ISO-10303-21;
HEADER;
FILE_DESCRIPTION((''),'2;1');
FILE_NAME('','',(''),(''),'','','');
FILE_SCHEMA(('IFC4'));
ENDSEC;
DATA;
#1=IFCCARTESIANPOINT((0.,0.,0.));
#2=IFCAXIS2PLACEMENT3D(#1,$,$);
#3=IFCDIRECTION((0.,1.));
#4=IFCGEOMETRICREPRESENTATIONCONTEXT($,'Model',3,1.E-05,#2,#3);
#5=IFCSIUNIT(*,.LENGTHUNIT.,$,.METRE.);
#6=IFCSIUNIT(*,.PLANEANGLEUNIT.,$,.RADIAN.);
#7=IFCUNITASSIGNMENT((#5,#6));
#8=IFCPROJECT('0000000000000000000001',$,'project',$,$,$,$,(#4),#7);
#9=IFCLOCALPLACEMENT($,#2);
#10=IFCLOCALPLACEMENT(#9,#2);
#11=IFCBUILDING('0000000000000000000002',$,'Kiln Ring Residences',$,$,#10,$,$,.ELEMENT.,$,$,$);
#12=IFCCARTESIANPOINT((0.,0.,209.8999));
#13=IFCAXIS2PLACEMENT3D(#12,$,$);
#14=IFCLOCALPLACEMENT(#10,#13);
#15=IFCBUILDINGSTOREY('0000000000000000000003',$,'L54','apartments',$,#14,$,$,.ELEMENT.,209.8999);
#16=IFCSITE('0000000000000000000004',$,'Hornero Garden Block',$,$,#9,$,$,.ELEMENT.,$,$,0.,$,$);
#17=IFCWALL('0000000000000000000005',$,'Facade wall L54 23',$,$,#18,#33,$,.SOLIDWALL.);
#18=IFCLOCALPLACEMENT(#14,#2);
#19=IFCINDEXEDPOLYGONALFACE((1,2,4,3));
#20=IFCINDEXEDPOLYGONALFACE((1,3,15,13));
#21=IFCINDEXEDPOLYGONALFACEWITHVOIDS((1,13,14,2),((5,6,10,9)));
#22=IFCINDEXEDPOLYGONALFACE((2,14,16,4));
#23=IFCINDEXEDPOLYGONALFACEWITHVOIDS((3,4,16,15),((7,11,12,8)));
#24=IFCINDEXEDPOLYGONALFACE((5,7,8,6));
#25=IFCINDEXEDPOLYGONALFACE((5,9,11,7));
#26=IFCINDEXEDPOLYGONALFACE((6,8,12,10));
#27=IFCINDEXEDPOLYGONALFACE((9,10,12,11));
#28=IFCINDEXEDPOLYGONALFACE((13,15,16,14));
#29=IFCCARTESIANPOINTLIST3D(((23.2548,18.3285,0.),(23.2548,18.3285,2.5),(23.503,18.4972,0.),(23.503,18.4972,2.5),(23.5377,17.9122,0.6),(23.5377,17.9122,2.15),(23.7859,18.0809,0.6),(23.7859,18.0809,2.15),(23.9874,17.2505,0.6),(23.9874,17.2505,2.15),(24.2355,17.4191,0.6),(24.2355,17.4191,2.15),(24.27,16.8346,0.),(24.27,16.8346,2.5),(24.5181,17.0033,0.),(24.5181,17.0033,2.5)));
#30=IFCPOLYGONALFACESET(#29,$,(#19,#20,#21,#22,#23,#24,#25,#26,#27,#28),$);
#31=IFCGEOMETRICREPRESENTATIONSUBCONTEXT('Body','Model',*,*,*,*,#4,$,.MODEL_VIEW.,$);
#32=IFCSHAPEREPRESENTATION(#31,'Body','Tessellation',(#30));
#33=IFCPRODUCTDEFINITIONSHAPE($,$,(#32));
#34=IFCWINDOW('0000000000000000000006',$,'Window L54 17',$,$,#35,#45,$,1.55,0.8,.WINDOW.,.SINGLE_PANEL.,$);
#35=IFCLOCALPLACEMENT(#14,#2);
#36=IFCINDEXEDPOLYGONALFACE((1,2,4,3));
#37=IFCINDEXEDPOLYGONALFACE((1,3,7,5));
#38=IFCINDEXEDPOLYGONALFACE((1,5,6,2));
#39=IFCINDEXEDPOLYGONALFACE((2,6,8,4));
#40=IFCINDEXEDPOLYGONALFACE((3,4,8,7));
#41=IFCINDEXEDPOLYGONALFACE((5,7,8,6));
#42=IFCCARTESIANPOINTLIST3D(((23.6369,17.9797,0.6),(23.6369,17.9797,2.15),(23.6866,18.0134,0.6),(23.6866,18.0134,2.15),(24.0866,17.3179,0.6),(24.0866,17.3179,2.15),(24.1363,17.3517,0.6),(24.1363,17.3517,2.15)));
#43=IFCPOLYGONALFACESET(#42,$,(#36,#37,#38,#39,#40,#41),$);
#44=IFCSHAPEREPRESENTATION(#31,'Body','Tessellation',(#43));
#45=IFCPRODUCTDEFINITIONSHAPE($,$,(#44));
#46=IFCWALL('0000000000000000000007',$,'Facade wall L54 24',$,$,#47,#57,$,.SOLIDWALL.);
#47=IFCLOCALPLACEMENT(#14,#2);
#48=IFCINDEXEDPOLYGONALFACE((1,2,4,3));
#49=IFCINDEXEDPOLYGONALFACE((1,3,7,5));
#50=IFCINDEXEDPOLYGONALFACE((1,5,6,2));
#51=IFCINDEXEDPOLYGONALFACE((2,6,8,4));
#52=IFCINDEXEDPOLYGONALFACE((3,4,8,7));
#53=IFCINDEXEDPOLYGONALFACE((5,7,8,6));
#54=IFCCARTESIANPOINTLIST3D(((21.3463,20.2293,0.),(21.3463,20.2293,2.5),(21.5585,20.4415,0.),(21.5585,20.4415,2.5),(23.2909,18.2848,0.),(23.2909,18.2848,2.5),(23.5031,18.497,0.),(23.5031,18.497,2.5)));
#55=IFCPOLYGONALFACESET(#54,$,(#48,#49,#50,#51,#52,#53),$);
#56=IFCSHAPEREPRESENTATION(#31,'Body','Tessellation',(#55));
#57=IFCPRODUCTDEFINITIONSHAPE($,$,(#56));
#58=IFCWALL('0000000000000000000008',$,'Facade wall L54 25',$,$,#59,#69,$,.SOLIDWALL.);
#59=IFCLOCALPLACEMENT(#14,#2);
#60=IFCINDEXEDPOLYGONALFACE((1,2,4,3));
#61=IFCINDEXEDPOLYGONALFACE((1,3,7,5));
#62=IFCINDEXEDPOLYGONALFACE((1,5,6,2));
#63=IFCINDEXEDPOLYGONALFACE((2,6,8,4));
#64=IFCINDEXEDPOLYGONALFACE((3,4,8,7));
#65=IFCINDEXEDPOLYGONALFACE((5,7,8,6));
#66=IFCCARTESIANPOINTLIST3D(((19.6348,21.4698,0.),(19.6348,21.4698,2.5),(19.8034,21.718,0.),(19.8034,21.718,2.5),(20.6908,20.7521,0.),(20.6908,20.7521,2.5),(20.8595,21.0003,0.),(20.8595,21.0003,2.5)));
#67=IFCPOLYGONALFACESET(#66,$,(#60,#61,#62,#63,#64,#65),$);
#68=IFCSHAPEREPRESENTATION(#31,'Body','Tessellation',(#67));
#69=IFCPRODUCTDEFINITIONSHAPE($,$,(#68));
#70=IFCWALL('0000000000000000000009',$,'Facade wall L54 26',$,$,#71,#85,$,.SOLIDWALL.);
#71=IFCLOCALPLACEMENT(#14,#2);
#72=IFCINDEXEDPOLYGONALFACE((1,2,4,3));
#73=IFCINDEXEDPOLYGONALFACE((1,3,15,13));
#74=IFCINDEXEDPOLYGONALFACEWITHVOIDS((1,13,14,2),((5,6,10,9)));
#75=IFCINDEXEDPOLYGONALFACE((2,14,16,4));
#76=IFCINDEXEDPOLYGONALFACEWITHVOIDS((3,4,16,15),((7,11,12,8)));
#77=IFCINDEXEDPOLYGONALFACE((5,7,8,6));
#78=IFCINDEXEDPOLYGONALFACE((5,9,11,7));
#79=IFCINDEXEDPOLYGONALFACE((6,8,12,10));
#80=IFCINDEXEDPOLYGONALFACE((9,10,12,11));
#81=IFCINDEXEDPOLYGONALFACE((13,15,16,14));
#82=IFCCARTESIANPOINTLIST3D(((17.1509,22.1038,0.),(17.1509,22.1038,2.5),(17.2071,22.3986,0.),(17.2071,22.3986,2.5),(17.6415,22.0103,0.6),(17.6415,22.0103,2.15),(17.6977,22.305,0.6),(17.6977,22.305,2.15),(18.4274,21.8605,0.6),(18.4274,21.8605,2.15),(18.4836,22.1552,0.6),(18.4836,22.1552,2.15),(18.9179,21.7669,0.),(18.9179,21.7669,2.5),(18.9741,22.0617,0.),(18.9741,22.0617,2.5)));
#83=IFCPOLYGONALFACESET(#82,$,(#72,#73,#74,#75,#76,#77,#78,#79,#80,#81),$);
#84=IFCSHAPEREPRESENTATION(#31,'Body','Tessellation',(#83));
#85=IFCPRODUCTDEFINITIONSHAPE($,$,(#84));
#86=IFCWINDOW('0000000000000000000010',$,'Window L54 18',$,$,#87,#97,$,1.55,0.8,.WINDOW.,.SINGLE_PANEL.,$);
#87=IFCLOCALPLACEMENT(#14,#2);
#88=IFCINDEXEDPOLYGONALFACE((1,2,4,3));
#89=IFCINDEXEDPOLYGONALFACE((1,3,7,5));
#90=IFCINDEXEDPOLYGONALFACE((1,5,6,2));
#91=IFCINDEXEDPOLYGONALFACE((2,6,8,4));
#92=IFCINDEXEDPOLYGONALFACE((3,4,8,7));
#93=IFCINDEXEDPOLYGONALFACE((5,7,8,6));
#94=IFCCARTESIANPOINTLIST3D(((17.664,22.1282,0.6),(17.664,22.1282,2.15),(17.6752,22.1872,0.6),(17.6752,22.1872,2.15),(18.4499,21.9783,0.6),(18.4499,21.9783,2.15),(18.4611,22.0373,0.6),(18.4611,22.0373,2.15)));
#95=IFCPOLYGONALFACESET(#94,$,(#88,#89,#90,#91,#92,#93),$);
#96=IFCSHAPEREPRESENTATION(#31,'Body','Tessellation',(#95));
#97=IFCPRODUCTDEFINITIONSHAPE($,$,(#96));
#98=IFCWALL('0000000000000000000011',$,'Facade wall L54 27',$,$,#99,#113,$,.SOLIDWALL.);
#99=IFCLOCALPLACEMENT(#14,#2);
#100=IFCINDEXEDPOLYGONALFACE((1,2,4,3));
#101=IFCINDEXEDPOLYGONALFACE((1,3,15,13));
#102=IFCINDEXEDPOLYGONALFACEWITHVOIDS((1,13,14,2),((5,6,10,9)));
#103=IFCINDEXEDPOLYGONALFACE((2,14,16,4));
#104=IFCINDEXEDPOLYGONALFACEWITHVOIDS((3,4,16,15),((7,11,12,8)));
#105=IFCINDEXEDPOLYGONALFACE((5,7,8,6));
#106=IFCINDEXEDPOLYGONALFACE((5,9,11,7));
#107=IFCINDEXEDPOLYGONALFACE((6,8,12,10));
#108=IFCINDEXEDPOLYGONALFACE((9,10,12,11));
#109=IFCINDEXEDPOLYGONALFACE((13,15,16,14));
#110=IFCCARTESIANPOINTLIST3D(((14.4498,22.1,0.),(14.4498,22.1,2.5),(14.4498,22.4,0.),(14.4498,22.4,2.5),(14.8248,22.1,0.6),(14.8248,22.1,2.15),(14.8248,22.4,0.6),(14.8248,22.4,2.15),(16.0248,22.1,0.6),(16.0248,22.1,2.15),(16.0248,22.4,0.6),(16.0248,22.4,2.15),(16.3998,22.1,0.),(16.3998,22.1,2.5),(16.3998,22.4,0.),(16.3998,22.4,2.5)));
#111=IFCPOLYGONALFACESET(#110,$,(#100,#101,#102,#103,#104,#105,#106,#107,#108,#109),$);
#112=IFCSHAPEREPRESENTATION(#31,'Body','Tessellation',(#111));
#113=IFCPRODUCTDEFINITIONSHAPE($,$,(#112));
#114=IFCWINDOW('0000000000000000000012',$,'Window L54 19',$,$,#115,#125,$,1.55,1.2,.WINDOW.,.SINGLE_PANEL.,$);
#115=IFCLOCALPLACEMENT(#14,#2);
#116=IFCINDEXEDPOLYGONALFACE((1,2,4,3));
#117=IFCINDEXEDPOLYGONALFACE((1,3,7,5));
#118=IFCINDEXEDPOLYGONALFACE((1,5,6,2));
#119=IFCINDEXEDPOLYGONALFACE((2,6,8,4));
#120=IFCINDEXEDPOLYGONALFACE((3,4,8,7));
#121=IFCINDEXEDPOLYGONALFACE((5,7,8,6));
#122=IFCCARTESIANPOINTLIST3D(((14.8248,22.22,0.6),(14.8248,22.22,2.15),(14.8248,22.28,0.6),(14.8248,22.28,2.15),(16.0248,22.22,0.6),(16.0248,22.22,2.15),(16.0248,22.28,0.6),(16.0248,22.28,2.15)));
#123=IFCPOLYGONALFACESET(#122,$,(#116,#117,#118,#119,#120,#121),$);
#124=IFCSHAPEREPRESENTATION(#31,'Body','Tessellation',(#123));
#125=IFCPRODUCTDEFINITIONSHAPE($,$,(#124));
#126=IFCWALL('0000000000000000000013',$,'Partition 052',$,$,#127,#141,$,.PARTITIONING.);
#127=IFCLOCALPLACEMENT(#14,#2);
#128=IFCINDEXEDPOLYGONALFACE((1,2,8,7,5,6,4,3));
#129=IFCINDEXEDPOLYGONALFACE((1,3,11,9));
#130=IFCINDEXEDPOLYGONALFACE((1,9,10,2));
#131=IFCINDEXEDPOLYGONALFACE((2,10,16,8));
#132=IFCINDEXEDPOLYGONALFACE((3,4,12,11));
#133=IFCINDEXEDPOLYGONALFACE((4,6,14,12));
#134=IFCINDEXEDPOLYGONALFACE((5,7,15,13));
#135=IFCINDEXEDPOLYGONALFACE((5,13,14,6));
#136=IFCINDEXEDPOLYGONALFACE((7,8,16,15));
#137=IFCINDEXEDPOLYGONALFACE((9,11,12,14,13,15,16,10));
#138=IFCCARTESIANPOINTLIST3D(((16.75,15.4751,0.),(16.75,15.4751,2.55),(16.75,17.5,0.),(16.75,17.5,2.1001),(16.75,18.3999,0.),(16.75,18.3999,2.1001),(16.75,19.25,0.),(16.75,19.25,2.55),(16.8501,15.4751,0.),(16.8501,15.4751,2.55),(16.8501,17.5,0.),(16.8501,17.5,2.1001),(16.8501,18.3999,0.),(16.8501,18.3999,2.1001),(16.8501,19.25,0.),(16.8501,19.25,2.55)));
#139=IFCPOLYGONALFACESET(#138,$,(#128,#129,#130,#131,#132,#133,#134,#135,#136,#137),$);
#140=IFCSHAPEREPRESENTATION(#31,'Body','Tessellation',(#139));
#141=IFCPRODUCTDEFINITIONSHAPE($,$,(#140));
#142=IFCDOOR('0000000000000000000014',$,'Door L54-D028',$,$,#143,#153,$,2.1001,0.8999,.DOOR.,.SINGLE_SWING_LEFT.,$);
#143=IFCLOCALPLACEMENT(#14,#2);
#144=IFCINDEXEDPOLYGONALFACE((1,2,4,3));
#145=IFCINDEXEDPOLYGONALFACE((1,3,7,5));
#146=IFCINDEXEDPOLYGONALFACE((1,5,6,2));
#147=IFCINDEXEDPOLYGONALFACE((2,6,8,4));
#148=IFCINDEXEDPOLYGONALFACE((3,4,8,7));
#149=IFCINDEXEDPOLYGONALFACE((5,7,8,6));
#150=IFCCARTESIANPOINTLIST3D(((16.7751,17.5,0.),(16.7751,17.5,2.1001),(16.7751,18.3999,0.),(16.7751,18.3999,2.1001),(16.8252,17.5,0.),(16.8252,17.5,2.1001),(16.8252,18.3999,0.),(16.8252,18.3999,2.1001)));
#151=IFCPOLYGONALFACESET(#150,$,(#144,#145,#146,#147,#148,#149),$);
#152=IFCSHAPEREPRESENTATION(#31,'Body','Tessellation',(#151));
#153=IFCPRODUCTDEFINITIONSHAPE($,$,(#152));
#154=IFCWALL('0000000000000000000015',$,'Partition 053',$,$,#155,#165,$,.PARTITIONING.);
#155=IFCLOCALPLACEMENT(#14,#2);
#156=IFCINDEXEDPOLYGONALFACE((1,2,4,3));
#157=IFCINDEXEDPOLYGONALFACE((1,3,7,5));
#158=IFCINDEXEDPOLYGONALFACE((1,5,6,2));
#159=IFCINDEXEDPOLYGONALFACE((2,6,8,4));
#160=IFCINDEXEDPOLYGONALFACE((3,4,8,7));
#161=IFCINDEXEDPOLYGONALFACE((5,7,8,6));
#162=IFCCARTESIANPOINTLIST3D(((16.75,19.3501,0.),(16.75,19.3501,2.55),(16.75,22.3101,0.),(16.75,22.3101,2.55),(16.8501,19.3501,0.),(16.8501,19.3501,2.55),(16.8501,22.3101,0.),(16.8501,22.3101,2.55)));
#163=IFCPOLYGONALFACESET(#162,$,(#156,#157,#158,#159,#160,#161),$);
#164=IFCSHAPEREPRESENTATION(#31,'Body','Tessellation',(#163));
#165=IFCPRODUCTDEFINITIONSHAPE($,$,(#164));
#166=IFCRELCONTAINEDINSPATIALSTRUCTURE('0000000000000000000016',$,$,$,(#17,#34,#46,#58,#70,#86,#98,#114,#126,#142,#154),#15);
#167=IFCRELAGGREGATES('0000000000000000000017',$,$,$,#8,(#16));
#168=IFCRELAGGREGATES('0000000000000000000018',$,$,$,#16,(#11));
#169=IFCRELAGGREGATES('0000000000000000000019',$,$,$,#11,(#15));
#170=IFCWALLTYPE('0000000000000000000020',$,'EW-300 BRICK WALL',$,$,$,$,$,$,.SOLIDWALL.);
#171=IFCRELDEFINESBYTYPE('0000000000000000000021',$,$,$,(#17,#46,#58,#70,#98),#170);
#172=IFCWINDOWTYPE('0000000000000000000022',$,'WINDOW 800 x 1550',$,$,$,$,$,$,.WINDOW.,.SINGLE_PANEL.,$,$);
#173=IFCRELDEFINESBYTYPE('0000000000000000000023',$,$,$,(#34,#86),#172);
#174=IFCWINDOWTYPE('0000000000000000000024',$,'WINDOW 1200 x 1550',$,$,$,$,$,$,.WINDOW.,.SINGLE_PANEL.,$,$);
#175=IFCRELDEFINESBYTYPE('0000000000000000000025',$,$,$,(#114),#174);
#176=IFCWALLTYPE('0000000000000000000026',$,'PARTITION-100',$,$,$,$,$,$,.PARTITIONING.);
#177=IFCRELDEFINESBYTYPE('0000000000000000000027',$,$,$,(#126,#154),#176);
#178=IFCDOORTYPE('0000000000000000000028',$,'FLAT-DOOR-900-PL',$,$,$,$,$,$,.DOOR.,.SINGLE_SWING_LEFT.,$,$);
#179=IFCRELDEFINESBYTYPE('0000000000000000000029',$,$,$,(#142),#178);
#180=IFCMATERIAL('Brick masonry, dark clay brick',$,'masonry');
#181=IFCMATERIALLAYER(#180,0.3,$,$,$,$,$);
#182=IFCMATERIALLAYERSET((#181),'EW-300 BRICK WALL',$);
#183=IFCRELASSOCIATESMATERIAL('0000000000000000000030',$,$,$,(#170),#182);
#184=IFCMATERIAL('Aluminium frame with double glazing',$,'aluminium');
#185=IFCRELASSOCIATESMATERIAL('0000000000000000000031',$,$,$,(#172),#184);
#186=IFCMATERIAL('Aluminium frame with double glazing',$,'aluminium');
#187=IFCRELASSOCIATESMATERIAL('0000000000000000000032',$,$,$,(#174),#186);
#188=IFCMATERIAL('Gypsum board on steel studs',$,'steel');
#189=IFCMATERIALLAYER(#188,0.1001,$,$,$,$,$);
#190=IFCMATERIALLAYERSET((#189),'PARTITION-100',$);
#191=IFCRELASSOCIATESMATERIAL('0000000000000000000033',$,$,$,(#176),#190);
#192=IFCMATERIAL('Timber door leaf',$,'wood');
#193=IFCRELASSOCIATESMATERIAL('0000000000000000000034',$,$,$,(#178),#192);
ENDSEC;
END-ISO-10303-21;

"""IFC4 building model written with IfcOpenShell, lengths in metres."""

from ifc_helpers import new_model, si_unit, direction, frame, frame_2d, origin, place, context, subcontext, project, spatial, rectangle, extrude, material, layer, layer_set, type_object, element, fill, save


model = new_model("IFC4")

# Units and contexts
model_context = context("Model", 3, precision=1e-05, world=origin(), true_north=direction((0.0, 1.0)))
body_context = subcontext(model_context, "Body", "Model", "MODEL_VIEW")
ifc_project = project(units=[si_unit("LENGTHUNIT", "METRE"), si_unit("PLANEANGLEUNIT", "RADIAN")], contexts=[model_context])

# Site, building, storey
site_placement = place(None, origin())
site = spatial("IfcSite", under=ifc_project, at=site_placement, Name="Hornero Garden Block", CompositionType="ELEMENT", RefElevation=0.0)
building_placement = place(site_placement, origin())
building = spatial("IfcBuilding", under=site, at=building_placement, Name="Kiln Ring Residences", CompositionType="ELEMENT")
storey_placement = place(building_placement, frame((0.0, 0.0, 209.8999)))
storey = spatial("IfcBuildingStorey", under=building, at=storey_placement, Name="L54", Description="apartments", CompositionType="ELEMENT", Elevation=209.8999)

# Shared definitions
ifc_material_1 = material(Name="Brick masonry, dark clay brick", Category="masonry")
ifc_layer_1 = layer(ifc_material_1, 0.3)
ifc_layer_set_1 = layer_set([ifc_layer_1], Name="EW-300 BRICK WALL")
wall_type_1 = type_object("IfcWallType", Name="EW-300 BRICK WALL", PredefinedType="SOLIDWALL", material=ifc_layer_set_1)

# Wall, opening, window
wall_1_placement = place(storey_placement, frame((24.394, 16.9189, 0.0), z_axis=(0.0, 0.0, 1.0), x_axis=(-0.56204, 0.82711, 0.0)))
wall_1 = element("IfcWall", 1, at=wall_1_placement, inside=storey, type_object=wall_type_1, Name="Facade wall L54 23", PredefinedType="SOLIDWALL", context=body_context, shape_type="SweptSolid", body=[
    extrude(rectangle(XDim=1.8062, YDim=0.3, at=frame_2d((0.9031, 0.0))), origin(), (0.0, 0.0, 1.0), 2.5),
])
opening_1_placement = place(wall_1_placement, frame((0.5029, 0.0, 0.6001)))
opening_1 = element("IfcOpeningElement", 2, at=opening_1_placement, cuts=wall_1, PredefinedType="OPENING", context=body_context, shape_type="SweptSolid", body=[
    extrude(rectangle(XDim=0.8, YDim=1.55, at=frame_2d((0.3999, 0.7749))), frame((0.0, 0.1599, 0.0), z_axis=(0.0, -1.0, 0.0), x_axis=(1.0, 0.0, 0.0)), (0.0, 0.0, 1.0), 0.3201),
])
ifc_material_2 = material(Name="Aluminium frame with double glazing", Category="aluminium")
window_type_1 = type_object("IfcWindowType", Name="WINDOW 800 x 1550", PartitioningType="SINGLE_PANEL", PredefinedType="WINDOW", material=ifc_material_2)
window_1_placement = place(opening_1_placement, origin())
window_1 = element("IfcWindow", 3, at=window_1_placement, inside=storey, type_object=window_type_1, Name="Window L54 17", OverallHeight=1.55, OverallWidth=0.8, PartitioningType="SINGLE_PANEL", PredefinedType="WINDOW", context=body_context, shape_type="SweptSolid", body=[
    extrude(rectangle(XDim=0.8, YDim=1.55, at=frame_2d((0.3999, 0.7749))), frame((0.0, 0.03, 0.0), z_axis=(0.0, -1.0, 0.0), x_axis=(1.0, 0.0, 0.0)), (0.0, 0.0, 1.0), 0.0601),
])
fill(opening_1, window_1)

# Walls
wall_2_placement = place(storey_placement, frame((23.397, 18.3909, 0.0), z_axis=(0.0, 0.0, 1.0), x_axis=(-0.707107, 0.707107, 0.0)))
element("IfcWall", 4, at=wall_2_placement, inside=storey, type_object=wall_type_1, Name="Facade wall L54 24", PredefinedType="SOLIDWALL", context=body_context, shape_type="SweptSolid", body=[
    extrude(rectangle(XDim=2.75, YDim=0.3, at=frame_2d((1.375, 0.0))), origin(), (0.0, 0.0, 1.0), 2.5),
])
wall_3_placement = place(storey_placement, frame((20.7751, 20.8762, 0.0), z_axis=(0.0, 0.0, 1.0), x_axis=(-0.827076, 0.56209, 0.0)))
element("IfcWall", 5, at=wall_3_placement, inside=storey, type_object=wall_type_1, Name="Facade wall L54 25", PredefinedType="SOLIDWALL", context=body_context, shape_type="SweptSolid", body=[
    extrude(rectangle(XDim=1.2769, YDim=0.3, at=frame_2d((0.6384, 0.0))), origin(), (0.0, 0.0, 1.0), 2.5),
])

# Walls, openings, windows
wall_4_placement = place(storey_placement, frame((18.946, 21.9143, 0.0), z_axis=(0.0, 0.0, 1.0), x_axis=(-0.982305, 0.187287, 0.0)))
wall_4 = element("IfcWall", 6, at=wall_4_placement, inside=storey, type_object=wall_type_1, Name="Facade wall L54 26", PredefinedType="SOLIDWALL", context=body_context, shape_type="SweptSolid", body=[
    extrude(rectangle(XDim=1.7988, YDim=0.3, at=frame_2d((0.8994, 0.0))), origin(), (0.0, 0.0, 1.0), 2.5),
])
opening_2_placement = place(wall_4_placement, frame((0.4995, 0.0, 0.6001)))
opening_2 = element("IfcOpeningElement", 7, at=opening_2_placement, cuts=wall_4, PredefinedType="OPENING", context=body_context, shape_type="SweptSolid", body=[
    extrude(rectangle(XDim=0.8, YDim=1.55, at=frame_2d((0.3999, 0.7749))), frame((0.0, 0.1599, 0.0), z_axis=(0.0, -1.0, 0.0), x_axis=(1.0, 0.0, 0.0)), (0.0, 0.0, 1.0), 0.3201),
])
window_2_placement = place(opening_2_placement, origin())
window_2 = element("IfcWindow", 8, at=window_2_placement, inside=storey, type_object=window_type_1, Name="Window L54 18", OverallHeight=1.55, OverallWidth=0.8, PartitioningType="SINGLE_PANEL", PredefinedType="WINDOW", context=body_context, shape_type="SweptSolid", body=[
    extrude(rectangle(XDim=0.8, YDim=1.55, at=frame_2d((0.3999, 0.7749))), frame((0.0, 0.03, 0.0), z_axis=(0.0, -1.0, 0.0), x_axis=(1.0, 0.0, 0.0)), (0.0, 0.0, 1.0), 0.0601),
])
fill(opening_2, window_2)
wall_5_placement = place(storey_placement, frame((16.3999, 22.25, 0.0), z_axis=(0.0, 0.0, 1.0), x_axis=(-1.0, 0.0, 0.0)))
wall_5 = element("IfcWall", 9, at=wall_5_placement, inside=storey, type_object=wall_type_1, Name="Facade wall L54 27", PredefinedType="SOLIDWALL", context=body_context, shape_type="SweptSolid", body=[
    extrude(rectangle(XDim=1.95, YDim=0.3, at=frame_2d((0.9751, 0.0))), origin(), (0.0, 0.0, 1.0), 2.5),
])
opening_3_placement = place(wall_5_placement, frame((0.375, 0.0, 0.6001)))
opening_3 = element("IfcOpeningElement", 10, at=opening_3_placement, cuts=wall_5, PredefinedType="OPENING", context=body_context, shape_type="SweptSolid", body=[
    extrude(rectangle(XDim=1.2, YDim=1.55, at=frame_2d((0.6001, 0.7749))), frame((0.0, 0.1599, 0.0), z_axis=(0.0, -1.0, 0.0), x_axis=(1.0, 0.0, 0.0)), (0.0, 0.0, 1.0), 0.3201),
])
ifc_material_3 = material(Name="Aluminium frame with double glazing", Category="aluminium")
window_type_2 = type_object("IfcWindowType", Name="WINDOW 1200 x 1550", PartitioningType="SINGLE_PANEL", PredefinedType="WINDOW", material=ifc_material_3)
window_3_placement = place(opening_3_placement, origin())
window_3 = element("IfcWindow", 11, at=window_3_placement, inside=storey, type_object=window_type_2, Name="Window L54 19", OverallHeight=1.55, OverallWidth=1.2, PartitioningType="SINGLE_PANEL", PredefinedType="WINDOW", context=body_context, shape_type="SweptSolid", body=[
    extrude(rectangle(XDim=1.2, YDim=1.55, at=frame_2d((0.6001, 0.7749))), frame((0.0, 0.03, 0.0), z_axis=(0.0, -1.0, 0.0), x_axis=(1.0, 0.0, 0.0)), (0.0, 0.0, 1.0), 0.0601),
])
fill(opening_3, window_3)

# Wall, opening, door
ifc_material_4 = material(Name="Gypsum board on steel studs", Category="steel")
ifc_layer_2 = layer(ifc_material_4, 0.1001)
ifc_layer_set_2 = layer_set([ifc_layer_2], Name="PARTITION-100")
wall_type_2 = type_object("IfcWallType", Name="PARTITION-100", PredefinedType="PARTITIONING", material=ifc_layer_set_2)
wall_6_placement = place(storey_placement, frame((16.8, 15.4751, 0.0), z_axis=(0.0, 0.0, 1.0), x_axis=(0.0, 1.0, 0.0)))
wall_6 = element("IfcWall", 12, at=wall_6_placement, inside=storey, type_object=wall_type_2, Name="Partition 052", PredefinedType="PARTITIONING", context=body_context, shape_type="SweptSolid", body=[
    extrude(rectangle(XDim=3.7749, YDim=0.1001, at=frame_2d((1.8875, 0.0))), origin(), (0.0, 0.0, 1.0), 2.55),
])
opening_4_placement = place(wall_6_placement, frame((2.0249, 0.0, 0.0)))
opening_4 = element("IfcOpeningElement", 13, at=opening_4_placement, cuts=wall_6, PredefinedType="OPENING", context=body_context, shape_type="SweptSolid", body=[
    extrude(rectangle(XDim=0.8999, YDim=2.1001, at=frame_2d((0.45, 1.05))), frame((0.0, 0.0601, 0.0), z_axis=(0.0, -1.0, 0.0), x_axis=(1.0, 0.0, 0.0)), (0.0, 0.0, 1.0), 0.1201),
])
ifc_material_5 = material(Name="Timber door leaf", Category="wood")
door_type = type_object("IfcDoorType", Name="FLAT-DOOR-900-PL", OperationType="SINGLE_SWING_LEFT", PredefinedType="DOOR", material=ifc_material_5)
door_placement = place(opening_4_placement, origin())
door = element("IfcDoor", 14, at=door_placement, inside=storey, type_object=door_type, Name="Door L54-D028", OperationType="SINGLE_SWING_LEFT", OverallHeight=2.1001, OverallWidth=0.8999, PredefinedType="DOOR", context=body_context, shape_type="SweptSolid", body=[
    extrude(rectangle(XDim=0.8999, YDim=2.1001, at=frame_2d((0.45, 1.05))), frame((0.0, 0.0249, 0.0), z_axis=(0.0, -1.0, 0.0), x_axis=(1.0, 0.0, 0.0)), (0.0, 0.0, 1.0), 0.05),
])
fill(opening_4, door)

# Wall
wall_7_placement = place(storey_placement, frame((16.8, 19.3501, 0.0), z_axis=(0.0, 0.0, 1.0), x_axis=(0.0, 1.0, 0.0)))
element("IfcWall", 15, at=wall_7_placement, inside=storey, type_object=wall_type_2, Name="Partition 053", PredefinedType="PARTITIONING", context=body_context, shape_type="SweptSolid", body=[
    extrude(rectangle(XDim=2.96, YDim=0.1001, at=frame_2d((1.48, 0.0))), origin(), (0.0, 0.0, 1.0), 2.55),
])

save(model, "model.ifc")
